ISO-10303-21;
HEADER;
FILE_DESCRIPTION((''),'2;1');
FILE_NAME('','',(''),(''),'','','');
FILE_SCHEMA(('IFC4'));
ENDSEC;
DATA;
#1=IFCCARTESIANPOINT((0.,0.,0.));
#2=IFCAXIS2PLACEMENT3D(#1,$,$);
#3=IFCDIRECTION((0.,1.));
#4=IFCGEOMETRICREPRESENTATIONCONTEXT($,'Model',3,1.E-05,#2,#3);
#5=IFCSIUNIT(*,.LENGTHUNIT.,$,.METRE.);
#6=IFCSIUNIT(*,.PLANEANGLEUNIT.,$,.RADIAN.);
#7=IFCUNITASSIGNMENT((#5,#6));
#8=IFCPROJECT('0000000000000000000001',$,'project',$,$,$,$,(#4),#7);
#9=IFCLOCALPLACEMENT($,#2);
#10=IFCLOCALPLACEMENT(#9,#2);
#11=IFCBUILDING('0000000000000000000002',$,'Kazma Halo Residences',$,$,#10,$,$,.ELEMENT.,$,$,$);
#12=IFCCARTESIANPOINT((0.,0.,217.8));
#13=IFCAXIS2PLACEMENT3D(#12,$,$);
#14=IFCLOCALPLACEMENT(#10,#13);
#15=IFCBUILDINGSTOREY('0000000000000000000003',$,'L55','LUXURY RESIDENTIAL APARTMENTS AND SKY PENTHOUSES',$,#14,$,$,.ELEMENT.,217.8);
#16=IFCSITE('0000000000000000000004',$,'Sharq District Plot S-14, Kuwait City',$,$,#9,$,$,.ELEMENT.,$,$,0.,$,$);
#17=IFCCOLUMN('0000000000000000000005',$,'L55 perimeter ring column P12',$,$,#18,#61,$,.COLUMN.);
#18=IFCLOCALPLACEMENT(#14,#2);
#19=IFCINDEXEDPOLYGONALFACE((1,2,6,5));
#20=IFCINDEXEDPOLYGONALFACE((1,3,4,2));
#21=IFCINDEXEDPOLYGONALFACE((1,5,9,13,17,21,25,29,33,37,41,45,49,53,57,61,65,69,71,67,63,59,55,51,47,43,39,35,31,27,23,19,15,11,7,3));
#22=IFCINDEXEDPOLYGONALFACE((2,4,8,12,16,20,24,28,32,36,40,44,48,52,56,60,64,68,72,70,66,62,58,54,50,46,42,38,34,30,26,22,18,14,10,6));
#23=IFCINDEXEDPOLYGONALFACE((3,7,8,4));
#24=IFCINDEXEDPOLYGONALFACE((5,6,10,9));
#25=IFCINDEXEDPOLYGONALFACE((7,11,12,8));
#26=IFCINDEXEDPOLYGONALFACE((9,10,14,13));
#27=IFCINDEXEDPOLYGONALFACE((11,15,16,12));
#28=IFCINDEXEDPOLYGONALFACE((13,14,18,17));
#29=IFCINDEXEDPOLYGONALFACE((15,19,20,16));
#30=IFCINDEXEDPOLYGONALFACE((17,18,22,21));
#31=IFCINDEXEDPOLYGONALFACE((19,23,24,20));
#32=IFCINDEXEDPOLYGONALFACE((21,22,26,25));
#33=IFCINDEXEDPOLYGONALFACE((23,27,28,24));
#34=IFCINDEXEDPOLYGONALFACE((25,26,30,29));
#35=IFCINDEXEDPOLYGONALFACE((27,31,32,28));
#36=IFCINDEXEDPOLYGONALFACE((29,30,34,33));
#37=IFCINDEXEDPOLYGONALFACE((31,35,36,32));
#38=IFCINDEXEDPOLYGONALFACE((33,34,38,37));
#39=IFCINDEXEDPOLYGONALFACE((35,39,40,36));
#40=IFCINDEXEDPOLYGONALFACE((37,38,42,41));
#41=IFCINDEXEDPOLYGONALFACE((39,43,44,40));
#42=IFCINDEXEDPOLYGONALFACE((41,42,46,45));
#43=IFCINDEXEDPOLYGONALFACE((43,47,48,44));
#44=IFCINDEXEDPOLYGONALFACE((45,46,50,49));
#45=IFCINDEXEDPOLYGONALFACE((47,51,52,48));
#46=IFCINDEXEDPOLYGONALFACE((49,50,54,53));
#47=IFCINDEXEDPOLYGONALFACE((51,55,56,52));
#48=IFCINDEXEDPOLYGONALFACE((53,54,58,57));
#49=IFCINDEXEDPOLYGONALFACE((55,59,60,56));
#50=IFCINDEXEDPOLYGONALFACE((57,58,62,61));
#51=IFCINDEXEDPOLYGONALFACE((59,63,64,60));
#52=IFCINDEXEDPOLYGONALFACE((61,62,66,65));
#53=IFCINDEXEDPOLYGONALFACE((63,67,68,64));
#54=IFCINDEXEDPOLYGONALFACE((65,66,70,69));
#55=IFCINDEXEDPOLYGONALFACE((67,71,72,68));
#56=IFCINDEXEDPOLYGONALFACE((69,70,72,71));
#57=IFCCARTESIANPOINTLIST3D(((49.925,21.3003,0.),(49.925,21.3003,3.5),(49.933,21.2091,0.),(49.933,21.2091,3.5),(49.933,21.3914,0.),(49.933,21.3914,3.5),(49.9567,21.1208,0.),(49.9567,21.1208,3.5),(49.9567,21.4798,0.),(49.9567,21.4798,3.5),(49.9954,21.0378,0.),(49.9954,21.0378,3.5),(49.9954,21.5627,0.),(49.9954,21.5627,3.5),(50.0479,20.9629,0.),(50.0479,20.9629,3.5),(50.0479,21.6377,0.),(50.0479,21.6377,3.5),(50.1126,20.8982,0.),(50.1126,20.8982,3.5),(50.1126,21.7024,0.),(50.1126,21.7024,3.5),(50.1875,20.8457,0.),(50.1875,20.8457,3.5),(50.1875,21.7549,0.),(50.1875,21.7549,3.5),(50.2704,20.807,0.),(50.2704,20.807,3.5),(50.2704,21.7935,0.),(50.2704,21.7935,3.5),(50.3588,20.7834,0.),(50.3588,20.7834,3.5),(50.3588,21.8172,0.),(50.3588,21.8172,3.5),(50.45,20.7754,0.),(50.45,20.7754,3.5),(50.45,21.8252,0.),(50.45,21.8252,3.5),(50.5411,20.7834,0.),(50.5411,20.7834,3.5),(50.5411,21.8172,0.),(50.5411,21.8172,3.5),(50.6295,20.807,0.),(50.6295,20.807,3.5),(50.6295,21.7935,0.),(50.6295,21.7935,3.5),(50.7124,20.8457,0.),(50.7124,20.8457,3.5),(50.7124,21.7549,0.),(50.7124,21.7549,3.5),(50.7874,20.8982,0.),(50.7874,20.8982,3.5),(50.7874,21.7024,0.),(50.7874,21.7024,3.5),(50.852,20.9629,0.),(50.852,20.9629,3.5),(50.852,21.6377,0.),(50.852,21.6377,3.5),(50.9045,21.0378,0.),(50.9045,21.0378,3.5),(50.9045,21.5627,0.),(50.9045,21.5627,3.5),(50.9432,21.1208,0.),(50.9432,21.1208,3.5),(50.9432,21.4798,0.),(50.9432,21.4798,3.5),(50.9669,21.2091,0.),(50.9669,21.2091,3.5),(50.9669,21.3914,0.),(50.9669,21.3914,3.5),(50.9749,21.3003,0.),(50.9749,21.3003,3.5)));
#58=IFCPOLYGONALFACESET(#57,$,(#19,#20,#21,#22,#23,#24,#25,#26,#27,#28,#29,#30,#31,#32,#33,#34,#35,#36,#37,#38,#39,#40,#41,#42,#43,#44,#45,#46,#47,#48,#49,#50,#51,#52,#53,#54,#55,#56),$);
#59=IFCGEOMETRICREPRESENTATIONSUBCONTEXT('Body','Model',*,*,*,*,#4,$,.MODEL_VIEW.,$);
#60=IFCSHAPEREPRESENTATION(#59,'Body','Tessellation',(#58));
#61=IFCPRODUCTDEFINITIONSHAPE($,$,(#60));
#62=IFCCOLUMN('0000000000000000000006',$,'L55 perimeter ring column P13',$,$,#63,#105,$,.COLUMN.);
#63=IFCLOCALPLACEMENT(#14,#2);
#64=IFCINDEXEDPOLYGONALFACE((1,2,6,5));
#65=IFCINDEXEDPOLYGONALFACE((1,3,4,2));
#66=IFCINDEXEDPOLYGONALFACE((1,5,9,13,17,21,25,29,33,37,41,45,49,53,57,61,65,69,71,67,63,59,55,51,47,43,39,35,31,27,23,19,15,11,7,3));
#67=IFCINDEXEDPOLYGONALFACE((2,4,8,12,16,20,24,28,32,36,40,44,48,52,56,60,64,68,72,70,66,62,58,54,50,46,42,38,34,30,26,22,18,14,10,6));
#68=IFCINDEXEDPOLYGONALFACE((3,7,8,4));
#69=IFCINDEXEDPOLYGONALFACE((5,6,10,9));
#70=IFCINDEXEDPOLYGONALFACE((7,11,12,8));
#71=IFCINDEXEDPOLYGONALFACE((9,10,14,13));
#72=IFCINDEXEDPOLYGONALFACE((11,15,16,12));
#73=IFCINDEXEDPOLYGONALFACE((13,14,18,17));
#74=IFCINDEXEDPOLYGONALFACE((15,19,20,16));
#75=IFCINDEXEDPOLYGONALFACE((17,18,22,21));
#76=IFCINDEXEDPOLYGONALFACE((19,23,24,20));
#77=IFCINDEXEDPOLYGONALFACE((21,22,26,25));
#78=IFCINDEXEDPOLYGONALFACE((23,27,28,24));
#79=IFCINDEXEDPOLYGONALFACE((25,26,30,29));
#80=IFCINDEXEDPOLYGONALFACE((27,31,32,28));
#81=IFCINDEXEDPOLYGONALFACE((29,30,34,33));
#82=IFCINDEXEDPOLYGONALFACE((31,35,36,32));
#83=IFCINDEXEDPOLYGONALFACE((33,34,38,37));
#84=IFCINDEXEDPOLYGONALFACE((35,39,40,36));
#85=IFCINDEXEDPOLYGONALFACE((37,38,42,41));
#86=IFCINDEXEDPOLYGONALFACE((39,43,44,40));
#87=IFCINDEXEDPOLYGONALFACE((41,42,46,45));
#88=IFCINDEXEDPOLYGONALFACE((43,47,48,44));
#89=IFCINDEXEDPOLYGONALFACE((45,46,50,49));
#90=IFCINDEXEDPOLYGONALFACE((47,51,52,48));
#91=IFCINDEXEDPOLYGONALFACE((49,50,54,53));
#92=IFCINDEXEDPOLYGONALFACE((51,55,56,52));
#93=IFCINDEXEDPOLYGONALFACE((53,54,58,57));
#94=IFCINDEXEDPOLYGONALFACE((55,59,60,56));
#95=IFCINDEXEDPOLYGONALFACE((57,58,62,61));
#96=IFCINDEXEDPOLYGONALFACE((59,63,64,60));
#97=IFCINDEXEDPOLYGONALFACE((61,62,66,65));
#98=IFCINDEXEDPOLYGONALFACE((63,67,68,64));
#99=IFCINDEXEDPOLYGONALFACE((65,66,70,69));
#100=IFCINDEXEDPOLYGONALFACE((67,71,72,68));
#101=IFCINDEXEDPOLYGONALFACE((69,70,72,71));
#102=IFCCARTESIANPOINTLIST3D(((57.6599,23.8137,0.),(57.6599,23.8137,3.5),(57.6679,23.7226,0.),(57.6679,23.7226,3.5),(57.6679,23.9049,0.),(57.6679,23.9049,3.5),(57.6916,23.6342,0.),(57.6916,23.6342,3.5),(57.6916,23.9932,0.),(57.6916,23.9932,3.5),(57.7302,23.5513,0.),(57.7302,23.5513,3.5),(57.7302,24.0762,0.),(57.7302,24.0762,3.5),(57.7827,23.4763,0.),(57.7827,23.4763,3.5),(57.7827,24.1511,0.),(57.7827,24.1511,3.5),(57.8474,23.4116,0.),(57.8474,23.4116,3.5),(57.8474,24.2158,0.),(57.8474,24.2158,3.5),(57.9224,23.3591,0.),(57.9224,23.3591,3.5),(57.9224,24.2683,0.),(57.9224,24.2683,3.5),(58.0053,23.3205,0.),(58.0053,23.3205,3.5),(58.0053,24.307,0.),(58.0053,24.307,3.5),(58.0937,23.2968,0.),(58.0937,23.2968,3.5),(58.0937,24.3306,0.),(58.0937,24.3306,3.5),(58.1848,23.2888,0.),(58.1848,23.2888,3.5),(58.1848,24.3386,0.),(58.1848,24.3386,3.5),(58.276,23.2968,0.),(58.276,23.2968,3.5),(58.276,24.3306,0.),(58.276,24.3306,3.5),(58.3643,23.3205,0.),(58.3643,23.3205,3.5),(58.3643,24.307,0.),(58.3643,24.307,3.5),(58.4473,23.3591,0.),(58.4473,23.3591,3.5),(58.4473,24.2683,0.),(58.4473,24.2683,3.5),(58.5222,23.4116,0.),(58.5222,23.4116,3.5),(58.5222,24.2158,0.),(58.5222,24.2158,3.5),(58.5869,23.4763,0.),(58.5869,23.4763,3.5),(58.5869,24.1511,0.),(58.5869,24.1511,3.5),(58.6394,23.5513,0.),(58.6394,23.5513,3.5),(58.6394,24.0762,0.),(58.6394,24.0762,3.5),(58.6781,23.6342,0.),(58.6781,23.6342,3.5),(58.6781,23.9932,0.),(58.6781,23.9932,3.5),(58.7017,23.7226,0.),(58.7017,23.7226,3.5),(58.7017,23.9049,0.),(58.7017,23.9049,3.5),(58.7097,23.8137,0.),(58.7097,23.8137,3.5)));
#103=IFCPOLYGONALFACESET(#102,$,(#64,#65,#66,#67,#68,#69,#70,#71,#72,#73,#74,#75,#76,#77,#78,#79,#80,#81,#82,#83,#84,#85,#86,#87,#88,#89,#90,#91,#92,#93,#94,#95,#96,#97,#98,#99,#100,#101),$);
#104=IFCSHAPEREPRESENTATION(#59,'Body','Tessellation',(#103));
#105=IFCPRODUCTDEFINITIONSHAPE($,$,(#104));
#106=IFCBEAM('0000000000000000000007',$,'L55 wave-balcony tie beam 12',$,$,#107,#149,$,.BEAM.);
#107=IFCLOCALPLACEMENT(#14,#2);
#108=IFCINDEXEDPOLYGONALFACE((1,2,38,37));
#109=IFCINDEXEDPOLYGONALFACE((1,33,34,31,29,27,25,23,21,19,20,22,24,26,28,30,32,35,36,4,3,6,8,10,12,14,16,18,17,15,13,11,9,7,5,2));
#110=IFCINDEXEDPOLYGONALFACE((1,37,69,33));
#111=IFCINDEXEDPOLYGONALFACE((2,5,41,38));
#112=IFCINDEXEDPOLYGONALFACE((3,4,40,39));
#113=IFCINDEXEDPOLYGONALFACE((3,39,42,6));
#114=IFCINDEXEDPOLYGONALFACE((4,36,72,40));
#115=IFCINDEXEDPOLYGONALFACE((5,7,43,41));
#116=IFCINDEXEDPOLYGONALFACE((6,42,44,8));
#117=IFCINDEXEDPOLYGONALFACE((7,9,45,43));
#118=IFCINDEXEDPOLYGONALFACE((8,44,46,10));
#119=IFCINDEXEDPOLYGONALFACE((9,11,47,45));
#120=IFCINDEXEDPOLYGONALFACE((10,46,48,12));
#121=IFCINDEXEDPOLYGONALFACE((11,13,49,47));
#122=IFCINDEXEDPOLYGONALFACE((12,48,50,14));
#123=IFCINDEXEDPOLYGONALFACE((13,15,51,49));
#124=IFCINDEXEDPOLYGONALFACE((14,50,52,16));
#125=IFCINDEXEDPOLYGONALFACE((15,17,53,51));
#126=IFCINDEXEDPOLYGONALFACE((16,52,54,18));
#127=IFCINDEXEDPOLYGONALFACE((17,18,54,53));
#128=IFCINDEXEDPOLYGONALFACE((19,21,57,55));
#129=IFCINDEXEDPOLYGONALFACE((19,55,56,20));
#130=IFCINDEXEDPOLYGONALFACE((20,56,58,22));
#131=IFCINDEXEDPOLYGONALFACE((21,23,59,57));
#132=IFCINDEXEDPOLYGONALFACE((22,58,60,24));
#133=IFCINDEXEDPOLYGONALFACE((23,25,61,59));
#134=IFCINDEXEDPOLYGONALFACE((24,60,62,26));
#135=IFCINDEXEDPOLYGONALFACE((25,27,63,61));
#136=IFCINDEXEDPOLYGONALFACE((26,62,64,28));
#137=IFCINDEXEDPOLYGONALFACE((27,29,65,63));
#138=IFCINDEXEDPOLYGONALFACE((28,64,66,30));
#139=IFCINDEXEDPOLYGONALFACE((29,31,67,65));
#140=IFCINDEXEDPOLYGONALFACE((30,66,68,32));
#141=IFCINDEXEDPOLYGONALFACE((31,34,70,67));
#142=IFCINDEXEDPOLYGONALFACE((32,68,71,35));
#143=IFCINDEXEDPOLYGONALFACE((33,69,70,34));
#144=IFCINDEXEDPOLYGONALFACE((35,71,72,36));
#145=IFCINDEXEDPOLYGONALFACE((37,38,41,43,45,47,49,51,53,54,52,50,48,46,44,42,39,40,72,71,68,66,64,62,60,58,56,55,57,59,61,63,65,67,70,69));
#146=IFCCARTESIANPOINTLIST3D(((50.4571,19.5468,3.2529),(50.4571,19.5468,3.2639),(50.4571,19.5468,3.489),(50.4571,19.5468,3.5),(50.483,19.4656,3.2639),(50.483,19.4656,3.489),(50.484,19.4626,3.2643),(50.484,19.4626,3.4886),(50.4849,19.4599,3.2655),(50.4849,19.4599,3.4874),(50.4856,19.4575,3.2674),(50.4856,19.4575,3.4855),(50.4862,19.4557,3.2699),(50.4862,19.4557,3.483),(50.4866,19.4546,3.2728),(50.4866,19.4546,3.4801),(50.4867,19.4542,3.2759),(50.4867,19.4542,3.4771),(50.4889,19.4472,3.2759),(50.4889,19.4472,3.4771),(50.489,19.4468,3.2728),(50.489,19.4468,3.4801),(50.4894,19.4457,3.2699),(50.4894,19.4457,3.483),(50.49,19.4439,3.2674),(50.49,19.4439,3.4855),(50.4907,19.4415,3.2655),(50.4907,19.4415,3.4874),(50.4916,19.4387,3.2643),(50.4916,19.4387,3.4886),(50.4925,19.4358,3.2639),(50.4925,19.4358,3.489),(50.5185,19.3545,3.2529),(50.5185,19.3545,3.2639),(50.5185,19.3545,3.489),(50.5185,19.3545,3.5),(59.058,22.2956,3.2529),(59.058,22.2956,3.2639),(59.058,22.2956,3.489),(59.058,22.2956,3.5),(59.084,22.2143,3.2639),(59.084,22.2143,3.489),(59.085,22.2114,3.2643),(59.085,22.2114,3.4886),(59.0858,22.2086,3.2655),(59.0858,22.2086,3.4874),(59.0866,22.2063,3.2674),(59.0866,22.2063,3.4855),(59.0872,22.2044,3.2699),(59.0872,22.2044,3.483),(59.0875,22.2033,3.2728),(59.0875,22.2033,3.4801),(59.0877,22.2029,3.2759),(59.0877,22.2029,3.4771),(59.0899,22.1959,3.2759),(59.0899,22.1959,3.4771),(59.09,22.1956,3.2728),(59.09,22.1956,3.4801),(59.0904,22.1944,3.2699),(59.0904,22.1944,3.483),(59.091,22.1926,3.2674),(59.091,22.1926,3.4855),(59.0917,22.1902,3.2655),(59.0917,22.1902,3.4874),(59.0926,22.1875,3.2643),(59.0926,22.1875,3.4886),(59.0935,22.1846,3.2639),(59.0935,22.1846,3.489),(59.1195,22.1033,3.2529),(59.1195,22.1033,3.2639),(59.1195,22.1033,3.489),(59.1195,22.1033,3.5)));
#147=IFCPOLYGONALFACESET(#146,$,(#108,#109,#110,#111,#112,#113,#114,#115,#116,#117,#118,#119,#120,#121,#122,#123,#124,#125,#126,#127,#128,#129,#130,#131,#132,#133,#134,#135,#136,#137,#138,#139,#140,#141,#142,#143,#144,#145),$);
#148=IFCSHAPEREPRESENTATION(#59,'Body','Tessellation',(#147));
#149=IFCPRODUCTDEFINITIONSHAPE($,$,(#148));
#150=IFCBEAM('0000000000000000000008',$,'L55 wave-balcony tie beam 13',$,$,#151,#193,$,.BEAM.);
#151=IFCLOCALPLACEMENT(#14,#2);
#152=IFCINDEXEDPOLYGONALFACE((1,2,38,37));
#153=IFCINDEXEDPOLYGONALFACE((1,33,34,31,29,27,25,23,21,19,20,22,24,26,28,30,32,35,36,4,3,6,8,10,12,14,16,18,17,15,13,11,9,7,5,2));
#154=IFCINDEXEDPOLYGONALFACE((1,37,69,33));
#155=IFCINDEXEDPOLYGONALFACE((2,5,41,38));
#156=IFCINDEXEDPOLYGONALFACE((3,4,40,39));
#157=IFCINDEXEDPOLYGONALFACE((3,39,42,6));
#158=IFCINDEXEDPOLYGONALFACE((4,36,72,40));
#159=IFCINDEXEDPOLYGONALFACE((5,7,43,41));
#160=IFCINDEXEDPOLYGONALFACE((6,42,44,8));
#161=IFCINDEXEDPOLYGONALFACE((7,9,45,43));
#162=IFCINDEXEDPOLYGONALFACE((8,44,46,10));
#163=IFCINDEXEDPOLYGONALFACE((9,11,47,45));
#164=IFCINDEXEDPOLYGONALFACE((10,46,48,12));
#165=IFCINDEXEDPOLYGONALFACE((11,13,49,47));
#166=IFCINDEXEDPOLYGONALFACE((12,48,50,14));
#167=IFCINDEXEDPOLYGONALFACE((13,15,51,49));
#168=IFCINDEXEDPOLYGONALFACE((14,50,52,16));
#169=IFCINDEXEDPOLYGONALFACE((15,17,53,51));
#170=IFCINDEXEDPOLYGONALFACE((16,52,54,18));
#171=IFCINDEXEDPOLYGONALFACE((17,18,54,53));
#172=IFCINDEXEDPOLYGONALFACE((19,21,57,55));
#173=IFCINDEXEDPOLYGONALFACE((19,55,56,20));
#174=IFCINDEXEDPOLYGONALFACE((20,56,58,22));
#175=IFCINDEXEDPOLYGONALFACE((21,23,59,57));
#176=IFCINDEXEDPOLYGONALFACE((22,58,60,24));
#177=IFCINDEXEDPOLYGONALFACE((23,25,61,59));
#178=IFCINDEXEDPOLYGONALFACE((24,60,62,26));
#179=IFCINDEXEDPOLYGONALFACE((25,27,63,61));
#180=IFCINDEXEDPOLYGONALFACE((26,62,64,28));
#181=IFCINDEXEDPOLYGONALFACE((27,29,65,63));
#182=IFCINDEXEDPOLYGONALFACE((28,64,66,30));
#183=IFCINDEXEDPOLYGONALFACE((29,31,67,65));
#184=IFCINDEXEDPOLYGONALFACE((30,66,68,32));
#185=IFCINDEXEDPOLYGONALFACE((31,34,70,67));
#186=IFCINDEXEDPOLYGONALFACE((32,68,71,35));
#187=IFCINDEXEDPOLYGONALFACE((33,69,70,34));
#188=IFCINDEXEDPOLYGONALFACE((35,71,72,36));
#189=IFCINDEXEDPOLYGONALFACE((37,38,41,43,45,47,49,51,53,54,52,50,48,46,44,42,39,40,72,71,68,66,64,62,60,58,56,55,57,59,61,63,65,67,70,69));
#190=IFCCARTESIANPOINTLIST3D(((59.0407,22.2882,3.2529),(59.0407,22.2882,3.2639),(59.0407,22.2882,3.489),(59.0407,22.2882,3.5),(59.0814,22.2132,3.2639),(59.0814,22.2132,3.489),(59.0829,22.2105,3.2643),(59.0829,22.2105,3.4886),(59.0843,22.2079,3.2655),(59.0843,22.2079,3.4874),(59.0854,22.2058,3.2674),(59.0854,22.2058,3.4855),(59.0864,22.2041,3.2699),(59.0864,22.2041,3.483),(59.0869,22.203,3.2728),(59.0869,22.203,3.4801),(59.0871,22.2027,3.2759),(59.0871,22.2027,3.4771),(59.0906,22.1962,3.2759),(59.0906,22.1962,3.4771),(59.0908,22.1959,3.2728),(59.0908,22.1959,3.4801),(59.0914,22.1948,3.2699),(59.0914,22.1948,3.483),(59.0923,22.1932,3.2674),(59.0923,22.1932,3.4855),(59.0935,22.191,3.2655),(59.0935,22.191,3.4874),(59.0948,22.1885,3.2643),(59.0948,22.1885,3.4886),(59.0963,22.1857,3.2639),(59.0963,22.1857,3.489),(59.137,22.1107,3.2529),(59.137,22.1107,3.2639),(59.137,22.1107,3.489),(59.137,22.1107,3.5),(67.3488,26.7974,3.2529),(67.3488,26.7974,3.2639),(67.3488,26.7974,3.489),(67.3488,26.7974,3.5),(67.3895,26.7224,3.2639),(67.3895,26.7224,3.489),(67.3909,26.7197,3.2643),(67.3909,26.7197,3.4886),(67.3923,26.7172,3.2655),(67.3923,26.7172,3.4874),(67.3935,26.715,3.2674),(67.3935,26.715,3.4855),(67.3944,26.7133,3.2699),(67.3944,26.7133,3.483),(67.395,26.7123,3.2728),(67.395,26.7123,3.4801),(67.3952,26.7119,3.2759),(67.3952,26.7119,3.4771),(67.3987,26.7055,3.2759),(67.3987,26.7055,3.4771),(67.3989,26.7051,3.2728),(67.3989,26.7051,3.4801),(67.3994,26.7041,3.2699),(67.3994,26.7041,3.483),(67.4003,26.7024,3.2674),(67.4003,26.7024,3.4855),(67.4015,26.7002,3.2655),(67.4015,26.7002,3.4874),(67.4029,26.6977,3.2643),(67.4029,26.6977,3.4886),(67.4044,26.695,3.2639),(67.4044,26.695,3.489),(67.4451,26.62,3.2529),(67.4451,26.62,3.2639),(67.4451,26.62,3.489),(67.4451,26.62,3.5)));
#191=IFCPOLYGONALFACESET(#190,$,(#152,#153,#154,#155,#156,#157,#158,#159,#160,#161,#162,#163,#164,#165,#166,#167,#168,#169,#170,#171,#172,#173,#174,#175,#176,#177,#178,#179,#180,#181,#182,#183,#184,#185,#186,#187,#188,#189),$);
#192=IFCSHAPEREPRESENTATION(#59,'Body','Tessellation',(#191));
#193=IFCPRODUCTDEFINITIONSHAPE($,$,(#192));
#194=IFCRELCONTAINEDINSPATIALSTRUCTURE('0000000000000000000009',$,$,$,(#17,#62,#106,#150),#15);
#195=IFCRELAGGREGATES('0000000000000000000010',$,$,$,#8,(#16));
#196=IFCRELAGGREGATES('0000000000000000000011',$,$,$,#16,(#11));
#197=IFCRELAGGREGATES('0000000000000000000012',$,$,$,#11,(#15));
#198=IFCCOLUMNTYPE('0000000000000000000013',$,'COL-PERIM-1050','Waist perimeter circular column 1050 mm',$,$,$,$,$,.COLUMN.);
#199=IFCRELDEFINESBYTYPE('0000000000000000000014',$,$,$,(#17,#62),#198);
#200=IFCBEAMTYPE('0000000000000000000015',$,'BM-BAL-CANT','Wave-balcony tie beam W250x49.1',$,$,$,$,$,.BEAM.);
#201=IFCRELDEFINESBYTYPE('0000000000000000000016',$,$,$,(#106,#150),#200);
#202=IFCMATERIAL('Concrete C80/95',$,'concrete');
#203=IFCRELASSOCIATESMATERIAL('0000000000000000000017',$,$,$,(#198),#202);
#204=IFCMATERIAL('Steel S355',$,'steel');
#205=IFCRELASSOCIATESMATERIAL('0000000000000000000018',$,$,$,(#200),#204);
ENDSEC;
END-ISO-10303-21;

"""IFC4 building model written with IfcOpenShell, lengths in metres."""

from ifc_helpers import new_model, si_unit, direction, frame, origin, origin_2d, place, context, subcontext, project, spatial, circle, i_section, extrude, material, material_profile, profile_set, type_object, element, save


model = new_model("IFC4")

# Units and contexts
model_context = context("Model", 3, precision=1e-05, world=origin(), true_north=direction((0.0, 1.0)))
body_context = subcontext(model_context, "Body", "Model", "MODEL_VIEW")
ifc_project = project(units=[si_unit("LENGTHUNIT", "METRE"), si_unit("PLANEANGLEUNIT", "RADIAN")], contexts=[model_context])

# Site, building, storey
site_placement = place(None, origin())
site = spatial("IfcSite", under=ifc_project, at=site_placement, Name="Sharq District Plot S-14, Kuwait City", CompositionType="ELEMENT", RefElevation=0.0)
building_placement = place(site_placement, origin())
building = spatial("IfcBuilding", under=site, at=building_placement, Name="Kazma Halo Residences", CompositionType="ELEMENT")
storey_placement = place(building_placement, frame((0.0, 0.0, 217.8)))
storey = spatial("IfcBuildingStorey", under=building, at=storey_placement, Name="L55", Description="LUXURY RESIDENTIAL APARTMENTS AND SKY PENTHOUSES", CompositionType="ELEMENT", Elevation=217.8)

# Columns
ifc_material_1 = material(Name="Concrete C80/95", Category="concrete")
ifc_material_profile_1 = material_profile(ifc_material_1, circle(Radius=0.5249, at=origin_2d()), Name="CIRC1050")
ifc_profile_set_1 = profile_set([ifc_material_profile_1], Name="Concrete C80/95")
column_type = type_object("IfcColumnType", Name="COL-PERIM-1050", Description="Waist perimeter circular column 1050 mm", PredefinedType="COLUMN", material=ifc_profile_set_1)
for number, where, z_axis, x_axis, name in (
    (1, (50.45, 21.3003, 0.0), (0.0, 0.0, 1.0), (1.0, 0.0, 0.0), "L55 perimeter ring column P12"),
    (2, (58.1848, 23.8137, 0.0), (0.0, 0.0, 1.0), (1.0, 0.0, 0.0), "L55 perimeter ring column P13"),
):
    element("IfcColumn", number, at=place(storey_placement, frame(where, z_axis=z_axis, x_axis=x_axis)), inside=storey, type_object=column_type, Name=name, PredefinedType="COLUMN", context=body_context, shape_type="SweptSolid", body=[
        extrude(circle(Radius=0.5249, at=origin_2d()), origin(), (0.0, 0.0, 1.0), 3.5),
    ])

# Beams
ifc_material_2 = material(Name="Steel S355", Category="steel")
ifc_material_profile_2 = material_profile(ifc_material_2, i_section(OverallWidth=0.2019, OverallDepth=0.2471, WebThickness=0.0073, FlangeThickness=0.011, FilletRadius=0.012, at=origin_2d()), Name="W250x49.1")
ifc_profile_set_2 = profile_set([ifc_material_profile_2], Name="Steel S355")
beam_type_1 = type_object("IfcBeamType", Name="BM-BAL-CANT", Description="Wave-balcony tie beam W250x49.1", PredefinedType="BEAM", material=ifc_profile_set_2)
beam_1_placement = place(storey_placement, frame((50.4878, 19.4507, 3.3765), z_axis=(0.952539, 0.304418, 0.0), x_axis=(-0.304418, 0.952539, 0.0)))
element("IfcBeam", 3, at=beam_1_placement, inside=storey, type_object=beam_type_1, Name="L55 wave-balcony tie beam 12", PredefinedType="BEAM", context=body_context, shape_type="SweptSolid", body=[
    extrude(i_section(OverallWidth=0.2019, OverallDepth=0.2471, WebThickness=0.0073, FlangeThickness=0.011, FilletRadius=0.012, at=origin_2d()), origin(), (0.0, 0.0, 1.0), 9.0295),
])
beam_2_placement = place(storey_placement, frame((59.0889, 22.1995, 3.3765), z_axis=(0.878891, 0.477023, 0.0), x_axis=(-0.477023, 0.878891, 0.0)))
element("IfcBeam", 4, at=beam_2_placement, inside=storey, type_object=beam_type_1, Name="L55 wave-balcony tie beam 13", PredefinedType="BEAM", context=body_context, shape_type="SweptSolid", body=[
    extrude(i_section(OverallWidth=0.2019, OverallDepth=0.2471, WebThickness=0.0073, FlangeThickness=0.011, FilletRadius=0.012, at=origin_2d()), origin(), (0.0, 0.0, 1.0), 9.4529),
])

save(model, "model.ifc")
